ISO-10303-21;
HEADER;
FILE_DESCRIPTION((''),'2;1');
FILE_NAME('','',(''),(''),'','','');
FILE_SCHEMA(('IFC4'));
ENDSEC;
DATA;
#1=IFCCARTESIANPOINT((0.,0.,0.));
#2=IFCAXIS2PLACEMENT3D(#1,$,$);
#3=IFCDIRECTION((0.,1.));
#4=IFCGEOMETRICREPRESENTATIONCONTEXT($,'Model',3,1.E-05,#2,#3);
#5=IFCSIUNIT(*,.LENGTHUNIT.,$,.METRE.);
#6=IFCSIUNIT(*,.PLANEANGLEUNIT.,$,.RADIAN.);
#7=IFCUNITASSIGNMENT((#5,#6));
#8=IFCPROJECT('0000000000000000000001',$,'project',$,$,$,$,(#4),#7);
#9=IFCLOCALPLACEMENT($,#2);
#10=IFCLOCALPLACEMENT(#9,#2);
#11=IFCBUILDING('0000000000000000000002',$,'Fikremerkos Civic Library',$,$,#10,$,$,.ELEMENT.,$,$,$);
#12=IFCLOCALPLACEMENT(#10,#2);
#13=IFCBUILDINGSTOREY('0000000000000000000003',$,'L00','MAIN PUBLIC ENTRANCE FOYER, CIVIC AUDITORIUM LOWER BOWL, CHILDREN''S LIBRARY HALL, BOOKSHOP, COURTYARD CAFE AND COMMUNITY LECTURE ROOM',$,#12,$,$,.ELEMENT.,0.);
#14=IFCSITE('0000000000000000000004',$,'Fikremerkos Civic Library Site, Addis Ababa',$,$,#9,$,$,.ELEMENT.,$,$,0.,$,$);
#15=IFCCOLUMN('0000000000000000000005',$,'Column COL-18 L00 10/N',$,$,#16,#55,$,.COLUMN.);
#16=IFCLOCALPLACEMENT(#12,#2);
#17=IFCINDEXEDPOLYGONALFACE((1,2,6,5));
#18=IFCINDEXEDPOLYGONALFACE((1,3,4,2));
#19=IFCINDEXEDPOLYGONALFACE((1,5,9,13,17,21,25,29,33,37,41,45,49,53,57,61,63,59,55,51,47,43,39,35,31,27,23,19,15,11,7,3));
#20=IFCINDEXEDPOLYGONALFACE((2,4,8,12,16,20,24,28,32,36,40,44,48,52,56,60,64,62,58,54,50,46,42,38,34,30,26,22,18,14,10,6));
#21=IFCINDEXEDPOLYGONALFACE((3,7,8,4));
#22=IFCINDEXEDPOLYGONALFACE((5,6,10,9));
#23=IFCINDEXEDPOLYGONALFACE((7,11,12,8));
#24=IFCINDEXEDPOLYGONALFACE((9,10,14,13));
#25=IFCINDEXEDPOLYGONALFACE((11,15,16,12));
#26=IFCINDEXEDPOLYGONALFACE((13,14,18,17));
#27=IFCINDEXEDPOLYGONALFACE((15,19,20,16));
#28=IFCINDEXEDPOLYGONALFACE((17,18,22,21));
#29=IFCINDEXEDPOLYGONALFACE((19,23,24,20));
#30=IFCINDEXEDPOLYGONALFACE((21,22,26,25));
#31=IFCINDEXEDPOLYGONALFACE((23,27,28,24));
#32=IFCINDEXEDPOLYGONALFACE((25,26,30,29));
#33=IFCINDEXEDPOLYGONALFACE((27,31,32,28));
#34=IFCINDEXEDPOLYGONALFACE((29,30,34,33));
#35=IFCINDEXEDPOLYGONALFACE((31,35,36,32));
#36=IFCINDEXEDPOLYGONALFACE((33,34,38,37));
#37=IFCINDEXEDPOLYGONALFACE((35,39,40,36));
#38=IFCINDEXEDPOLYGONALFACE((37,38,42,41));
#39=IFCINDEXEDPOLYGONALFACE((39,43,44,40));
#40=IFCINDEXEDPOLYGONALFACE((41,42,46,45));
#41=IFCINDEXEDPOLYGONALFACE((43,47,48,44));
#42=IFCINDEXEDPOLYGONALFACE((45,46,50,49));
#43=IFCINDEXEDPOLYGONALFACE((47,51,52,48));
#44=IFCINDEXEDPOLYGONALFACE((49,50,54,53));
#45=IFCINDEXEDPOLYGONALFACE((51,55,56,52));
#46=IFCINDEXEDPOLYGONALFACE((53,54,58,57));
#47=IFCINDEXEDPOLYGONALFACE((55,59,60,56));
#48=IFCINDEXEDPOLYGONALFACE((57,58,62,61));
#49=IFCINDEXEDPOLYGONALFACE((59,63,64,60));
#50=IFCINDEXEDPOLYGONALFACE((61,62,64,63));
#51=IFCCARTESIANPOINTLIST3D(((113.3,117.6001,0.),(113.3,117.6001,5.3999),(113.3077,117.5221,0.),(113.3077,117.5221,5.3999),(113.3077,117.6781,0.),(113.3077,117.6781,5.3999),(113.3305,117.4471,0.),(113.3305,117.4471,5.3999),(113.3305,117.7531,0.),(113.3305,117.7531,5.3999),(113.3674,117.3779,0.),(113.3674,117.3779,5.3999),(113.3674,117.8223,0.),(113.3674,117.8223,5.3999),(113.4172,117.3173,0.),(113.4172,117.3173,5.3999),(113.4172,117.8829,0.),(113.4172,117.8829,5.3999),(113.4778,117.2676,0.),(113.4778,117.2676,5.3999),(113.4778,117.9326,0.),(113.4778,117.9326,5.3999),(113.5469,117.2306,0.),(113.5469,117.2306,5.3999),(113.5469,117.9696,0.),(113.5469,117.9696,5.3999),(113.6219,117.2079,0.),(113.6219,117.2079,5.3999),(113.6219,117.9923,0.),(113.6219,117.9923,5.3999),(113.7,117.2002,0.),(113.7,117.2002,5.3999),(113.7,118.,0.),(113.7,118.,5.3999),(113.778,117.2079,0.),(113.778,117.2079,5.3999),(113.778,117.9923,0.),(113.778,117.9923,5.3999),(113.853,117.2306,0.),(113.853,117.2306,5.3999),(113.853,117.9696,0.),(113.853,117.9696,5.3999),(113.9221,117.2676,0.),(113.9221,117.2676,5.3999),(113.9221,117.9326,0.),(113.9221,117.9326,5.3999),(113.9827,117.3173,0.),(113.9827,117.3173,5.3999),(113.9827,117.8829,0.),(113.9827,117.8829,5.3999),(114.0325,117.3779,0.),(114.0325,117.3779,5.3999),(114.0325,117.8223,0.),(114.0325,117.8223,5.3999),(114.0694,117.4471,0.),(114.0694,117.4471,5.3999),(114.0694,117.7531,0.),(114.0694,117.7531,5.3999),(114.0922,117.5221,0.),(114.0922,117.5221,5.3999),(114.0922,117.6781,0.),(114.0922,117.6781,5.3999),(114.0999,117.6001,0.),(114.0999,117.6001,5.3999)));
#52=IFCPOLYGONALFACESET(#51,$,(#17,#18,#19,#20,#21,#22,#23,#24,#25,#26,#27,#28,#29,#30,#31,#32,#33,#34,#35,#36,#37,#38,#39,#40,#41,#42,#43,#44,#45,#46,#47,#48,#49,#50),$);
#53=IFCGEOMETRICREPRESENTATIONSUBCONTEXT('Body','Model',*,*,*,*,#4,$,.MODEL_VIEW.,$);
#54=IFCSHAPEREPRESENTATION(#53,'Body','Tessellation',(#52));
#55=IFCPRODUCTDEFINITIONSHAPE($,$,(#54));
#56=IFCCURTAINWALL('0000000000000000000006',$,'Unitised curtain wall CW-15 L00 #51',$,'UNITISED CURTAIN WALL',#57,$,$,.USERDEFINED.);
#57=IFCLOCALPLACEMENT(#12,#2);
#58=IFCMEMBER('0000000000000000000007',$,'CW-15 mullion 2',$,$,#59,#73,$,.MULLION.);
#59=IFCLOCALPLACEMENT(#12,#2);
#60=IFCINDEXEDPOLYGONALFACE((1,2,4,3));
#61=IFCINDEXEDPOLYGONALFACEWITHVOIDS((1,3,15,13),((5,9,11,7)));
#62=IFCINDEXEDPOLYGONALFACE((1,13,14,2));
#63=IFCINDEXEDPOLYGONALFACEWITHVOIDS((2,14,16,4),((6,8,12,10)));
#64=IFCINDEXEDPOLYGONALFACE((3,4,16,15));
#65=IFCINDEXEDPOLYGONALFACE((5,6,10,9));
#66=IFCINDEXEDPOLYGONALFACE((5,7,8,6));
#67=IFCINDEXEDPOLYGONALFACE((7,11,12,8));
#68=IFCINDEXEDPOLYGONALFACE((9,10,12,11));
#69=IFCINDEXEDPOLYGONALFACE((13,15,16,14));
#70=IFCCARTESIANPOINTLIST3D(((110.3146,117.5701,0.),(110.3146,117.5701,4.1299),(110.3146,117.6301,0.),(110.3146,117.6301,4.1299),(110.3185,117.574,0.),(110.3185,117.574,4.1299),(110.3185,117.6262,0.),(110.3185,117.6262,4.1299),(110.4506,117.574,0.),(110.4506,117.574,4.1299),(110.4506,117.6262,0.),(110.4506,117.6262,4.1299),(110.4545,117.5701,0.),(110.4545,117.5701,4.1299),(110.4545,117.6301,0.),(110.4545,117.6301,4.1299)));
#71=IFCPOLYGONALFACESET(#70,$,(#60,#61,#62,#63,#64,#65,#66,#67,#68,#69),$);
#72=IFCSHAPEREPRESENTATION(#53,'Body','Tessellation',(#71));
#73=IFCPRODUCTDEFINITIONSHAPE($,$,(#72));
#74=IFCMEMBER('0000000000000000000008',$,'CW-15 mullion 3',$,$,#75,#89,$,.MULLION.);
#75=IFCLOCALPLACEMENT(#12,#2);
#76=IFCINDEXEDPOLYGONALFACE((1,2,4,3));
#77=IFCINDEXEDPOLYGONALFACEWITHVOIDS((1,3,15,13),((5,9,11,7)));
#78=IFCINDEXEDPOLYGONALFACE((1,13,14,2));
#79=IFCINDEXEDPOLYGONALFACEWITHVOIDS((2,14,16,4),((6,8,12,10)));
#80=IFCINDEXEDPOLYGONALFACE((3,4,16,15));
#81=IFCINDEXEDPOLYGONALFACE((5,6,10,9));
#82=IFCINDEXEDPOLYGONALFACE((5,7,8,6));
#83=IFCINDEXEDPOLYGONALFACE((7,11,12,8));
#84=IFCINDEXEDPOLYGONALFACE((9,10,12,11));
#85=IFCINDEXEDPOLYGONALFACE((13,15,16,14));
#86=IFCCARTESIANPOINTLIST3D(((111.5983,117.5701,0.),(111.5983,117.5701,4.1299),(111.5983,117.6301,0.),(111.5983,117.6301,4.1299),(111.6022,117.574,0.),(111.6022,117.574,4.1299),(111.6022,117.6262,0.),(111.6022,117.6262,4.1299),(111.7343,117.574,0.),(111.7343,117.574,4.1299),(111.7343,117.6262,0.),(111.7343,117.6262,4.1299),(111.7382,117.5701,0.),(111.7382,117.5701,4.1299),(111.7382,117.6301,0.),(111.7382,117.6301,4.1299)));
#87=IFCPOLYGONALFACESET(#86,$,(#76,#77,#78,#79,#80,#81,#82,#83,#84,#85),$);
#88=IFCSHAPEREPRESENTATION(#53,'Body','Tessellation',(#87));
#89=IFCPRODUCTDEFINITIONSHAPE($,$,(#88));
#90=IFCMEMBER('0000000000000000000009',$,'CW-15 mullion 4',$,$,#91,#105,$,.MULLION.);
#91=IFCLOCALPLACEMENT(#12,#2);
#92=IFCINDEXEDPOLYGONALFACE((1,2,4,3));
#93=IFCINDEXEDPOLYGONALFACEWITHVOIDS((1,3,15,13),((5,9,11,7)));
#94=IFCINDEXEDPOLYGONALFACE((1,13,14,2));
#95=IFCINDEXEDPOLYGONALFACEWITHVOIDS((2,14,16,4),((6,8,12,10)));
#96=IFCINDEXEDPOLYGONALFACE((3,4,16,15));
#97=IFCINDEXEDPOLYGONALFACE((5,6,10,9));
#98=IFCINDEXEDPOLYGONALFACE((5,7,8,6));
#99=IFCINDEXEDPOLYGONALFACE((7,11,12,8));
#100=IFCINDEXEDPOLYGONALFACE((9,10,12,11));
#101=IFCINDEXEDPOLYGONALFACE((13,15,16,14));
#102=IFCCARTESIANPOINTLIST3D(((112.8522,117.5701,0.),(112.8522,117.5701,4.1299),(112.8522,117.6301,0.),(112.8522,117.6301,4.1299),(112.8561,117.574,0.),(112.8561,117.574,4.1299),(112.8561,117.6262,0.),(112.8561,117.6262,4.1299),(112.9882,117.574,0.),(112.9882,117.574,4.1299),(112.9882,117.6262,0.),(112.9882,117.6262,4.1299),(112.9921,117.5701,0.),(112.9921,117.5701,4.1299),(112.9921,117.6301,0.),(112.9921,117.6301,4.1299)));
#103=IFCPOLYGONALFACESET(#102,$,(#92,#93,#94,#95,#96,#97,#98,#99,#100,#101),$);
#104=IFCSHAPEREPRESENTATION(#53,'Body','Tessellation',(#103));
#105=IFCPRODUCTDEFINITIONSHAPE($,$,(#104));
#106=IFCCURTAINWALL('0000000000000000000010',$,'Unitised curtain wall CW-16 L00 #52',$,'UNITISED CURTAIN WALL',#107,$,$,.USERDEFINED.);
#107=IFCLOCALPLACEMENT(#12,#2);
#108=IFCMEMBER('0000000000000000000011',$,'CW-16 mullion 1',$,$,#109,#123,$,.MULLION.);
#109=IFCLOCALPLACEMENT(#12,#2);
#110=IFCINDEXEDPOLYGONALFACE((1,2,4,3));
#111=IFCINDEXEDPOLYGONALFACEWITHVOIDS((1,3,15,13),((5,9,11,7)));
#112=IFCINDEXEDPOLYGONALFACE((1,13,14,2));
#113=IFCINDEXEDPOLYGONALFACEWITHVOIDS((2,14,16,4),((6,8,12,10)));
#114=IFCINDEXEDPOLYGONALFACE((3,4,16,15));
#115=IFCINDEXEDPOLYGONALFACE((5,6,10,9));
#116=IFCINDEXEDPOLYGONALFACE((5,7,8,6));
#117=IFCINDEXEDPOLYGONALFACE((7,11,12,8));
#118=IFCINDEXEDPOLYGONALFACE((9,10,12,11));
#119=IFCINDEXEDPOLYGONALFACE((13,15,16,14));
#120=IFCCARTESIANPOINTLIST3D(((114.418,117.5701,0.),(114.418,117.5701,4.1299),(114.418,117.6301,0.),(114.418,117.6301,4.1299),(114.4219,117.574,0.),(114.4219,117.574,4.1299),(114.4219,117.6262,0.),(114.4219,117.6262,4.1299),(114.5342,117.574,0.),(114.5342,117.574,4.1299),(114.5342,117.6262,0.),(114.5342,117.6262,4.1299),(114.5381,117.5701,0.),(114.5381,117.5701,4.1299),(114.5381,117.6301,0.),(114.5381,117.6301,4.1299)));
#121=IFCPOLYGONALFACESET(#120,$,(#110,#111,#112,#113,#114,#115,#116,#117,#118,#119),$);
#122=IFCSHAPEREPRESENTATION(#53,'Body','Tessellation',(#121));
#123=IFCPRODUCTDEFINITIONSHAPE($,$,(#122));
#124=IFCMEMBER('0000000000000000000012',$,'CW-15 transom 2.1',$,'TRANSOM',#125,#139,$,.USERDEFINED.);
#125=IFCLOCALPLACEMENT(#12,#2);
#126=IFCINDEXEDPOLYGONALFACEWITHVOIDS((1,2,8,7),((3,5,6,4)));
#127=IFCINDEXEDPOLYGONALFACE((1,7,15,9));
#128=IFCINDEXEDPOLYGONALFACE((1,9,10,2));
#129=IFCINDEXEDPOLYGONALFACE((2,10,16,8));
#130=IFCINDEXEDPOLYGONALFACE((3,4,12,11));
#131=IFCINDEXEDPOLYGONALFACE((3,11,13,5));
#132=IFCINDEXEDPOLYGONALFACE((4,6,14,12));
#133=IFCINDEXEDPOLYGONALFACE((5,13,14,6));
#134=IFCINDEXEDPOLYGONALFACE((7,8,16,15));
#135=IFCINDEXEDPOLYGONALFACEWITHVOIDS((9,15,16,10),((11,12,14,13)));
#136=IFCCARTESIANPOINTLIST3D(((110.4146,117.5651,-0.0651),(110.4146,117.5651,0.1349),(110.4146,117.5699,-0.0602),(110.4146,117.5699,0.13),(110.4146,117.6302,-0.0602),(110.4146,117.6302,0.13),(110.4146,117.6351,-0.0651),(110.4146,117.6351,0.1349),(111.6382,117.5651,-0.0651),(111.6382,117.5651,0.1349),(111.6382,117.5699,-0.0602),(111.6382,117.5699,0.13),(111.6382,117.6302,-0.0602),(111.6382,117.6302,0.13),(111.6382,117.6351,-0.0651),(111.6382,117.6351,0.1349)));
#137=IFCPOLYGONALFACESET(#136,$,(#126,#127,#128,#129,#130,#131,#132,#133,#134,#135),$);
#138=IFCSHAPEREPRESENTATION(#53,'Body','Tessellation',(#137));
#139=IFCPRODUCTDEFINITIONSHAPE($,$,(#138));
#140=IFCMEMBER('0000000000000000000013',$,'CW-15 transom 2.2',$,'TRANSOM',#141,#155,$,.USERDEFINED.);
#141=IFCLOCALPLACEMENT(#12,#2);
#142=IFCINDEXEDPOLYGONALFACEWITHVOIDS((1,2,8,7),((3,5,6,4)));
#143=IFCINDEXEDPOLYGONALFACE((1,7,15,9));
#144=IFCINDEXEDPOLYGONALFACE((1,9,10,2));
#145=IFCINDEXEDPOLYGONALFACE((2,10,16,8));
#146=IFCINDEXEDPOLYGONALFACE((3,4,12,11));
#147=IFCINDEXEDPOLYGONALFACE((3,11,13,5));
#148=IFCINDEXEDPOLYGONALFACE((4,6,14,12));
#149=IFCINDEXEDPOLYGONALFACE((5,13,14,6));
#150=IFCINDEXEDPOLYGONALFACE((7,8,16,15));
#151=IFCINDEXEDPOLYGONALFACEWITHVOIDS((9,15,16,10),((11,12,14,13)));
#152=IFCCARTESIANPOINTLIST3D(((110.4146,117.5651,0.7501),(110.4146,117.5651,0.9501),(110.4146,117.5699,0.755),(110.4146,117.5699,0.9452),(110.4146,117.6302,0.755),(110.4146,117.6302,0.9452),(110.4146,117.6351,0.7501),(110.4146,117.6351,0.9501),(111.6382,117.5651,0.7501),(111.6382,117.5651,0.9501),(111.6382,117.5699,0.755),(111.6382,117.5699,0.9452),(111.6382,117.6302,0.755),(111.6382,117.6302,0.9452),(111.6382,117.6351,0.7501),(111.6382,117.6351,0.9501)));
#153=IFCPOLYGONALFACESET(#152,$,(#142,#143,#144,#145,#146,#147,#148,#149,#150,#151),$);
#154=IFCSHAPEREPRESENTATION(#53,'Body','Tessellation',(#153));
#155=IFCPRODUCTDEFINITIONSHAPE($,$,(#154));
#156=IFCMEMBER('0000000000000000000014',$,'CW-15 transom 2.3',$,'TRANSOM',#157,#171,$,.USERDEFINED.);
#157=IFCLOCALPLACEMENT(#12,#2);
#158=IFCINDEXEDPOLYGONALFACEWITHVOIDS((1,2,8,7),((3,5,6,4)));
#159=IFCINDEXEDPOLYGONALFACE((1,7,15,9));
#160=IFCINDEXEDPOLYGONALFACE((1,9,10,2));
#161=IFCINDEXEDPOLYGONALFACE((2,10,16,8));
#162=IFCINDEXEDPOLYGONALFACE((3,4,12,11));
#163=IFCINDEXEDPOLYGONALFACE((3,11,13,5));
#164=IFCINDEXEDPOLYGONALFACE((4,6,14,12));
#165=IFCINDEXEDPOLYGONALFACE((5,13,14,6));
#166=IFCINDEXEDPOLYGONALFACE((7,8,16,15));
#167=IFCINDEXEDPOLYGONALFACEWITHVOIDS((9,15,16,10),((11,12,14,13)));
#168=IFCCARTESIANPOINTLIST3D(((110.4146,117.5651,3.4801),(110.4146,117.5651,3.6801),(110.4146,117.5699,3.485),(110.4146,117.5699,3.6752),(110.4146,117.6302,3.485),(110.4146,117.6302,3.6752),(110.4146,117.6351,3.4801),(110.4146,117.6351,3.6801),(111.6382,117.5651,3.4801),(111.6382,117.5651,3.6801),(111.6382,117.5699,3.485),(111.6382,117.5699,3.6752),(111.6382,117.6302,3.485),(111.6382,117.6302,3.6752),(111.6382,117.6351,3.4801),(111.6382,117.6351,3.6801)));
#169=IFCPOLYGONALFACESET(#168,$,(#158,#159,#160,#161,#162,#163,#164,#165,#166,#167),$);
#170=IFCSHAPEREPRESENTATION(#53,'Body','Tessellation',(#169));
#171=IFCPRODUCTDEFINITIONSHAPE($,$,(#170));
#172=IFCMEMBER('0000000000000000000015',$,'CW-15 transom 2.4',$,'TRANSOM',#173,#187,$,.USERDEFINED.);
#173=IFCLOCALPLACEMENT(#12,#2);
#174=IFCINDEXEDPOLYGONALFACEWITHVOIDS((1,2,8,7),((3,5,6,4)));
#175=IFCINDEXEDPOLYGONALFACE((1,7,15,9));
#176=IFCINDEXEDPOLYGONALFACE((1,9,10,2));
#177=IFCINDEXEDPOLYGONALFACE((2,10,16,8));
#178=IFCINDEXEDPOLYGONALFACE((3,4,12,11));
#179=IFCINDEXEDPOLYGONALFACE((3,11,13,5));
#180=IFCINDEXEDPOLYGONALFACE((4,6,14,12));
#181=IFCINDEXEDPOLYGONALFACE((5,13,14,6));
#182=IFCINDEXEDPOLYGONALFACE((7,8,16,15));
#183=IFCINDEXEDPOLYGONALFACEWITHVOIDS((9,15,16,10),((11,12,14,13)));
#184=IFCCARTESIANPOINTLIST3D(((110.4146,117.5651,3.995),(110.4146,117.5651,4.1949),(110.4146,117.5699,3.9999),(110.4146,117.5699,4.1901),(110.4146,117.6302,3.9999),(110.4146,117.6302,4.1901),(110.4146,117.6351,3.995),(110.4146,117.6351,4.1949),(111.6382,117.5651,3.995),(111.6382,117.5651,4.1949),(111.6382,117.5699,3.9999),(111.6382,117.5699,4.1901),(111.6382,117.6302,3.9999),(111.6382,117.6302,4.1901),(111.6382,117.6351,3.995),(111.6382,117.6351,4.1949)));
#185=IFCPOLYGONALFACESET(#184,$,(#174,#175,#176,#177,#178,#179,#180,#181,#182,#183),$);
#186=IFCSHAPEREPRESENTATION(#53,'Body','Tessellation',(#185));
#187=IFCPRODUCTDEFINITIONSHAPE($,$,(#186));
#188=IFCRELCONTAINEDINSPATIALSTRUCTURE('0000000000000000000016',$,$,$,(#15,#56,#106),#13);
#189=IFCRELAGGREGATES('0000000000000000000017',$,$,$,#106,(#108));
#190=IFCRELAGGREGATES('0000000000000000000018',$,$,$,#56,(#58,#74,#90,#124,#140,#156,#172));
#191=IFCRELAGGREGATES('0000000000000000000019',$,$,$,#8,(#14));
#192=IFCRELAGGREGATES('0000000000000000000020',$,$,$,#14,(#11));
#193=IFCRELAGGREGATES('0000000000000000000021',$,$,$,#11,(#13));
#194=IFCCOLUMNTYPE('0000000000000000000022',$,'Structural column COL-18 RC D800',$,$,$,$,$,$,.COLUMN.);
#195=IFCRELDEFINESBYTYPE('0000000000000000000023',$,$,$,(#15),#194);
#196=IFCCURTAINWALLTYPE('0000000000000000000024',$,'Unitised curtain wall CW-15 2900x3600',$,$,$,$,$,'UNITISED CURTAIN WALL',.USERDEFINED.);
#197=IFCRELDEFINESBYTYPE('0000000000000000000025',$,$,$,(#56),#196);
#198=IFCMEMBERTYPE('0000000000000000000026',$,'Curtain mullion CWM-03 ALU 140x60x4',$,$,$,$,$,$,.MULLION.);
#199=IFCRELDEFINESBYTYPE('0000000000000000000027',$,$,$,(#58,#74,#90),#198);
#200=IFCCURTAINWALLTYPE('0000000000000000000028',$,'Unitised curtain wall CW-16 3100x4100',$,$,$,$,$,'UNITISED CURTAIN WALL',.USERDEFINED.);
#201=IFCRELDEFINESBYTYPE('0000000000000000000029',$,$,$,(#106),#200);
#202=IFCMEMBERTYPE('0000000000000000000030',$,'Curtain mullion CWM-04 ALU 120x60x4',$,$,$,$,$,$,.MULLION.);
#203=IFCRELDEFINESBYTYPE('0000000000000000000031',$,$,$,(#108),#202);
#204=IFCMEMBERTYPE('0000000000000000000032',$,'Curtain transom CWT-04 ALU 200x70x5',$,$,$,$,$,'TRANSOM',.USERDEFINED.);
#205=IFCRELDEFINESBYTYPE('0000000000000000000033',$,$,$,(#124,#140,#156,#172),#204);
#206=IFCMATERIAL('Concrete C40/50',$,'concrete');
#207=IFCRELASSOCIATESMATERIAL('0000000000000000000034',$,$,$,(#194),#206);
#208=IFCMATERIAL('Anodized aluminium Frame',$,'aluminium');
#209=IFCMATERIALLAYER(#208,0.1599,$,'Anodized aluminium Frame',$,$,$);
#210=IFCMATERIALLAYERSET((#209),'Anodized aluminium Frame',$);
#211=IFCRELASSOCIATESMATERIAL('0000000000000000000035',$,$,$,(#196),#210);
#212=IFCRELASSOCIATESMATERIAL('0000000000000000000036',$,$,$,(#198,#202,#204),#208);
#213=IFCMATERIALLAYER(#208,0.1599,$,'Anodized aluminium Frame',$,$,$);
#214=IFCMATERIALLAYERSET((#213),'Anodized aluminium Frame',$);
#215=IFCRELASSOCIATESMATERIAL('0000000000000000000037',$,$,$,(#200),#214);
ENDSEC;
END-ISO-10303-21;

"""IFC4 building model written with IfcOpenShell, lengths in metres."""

from ifc_helpers import new_model, si_unit, direction, frame, origin, origin_2d, place, context, subcontext, project, spatial, hollow_rectangle, circle, extrude, material, layer, layer_set, material_profile, profile_set, type_object, element, aggregate, save


model = new_model("IFC4")

# Units and contexts
model_context = context("Model", 3, precision=1e-05, world=origin(), true_north=direction((0.0, 1.0)))
body_context = subcontext(model_context, "Body", "Model", "MODEL_VIEW")
ifc_project = project(units=[si_unit("LENGTHUNIT", "METRE"), si_unit("PLANEANGLEUNIT", "RADIAN")], contexts=[model_context])

# Site, building, storey
site_placement = place(None, origin())
site = spatial("IfcSite", under=ifc_project, at=site_placement, Name="Fikremerkos Civic Library Site, Addis Ababa", CompositionType="ELEMENT", RefElevation=0.0)
building_placement = place(site_placement, origin())
building = spatial("IfcBuilding", under=site, at=building_placement, Name="Fikremerkos Civic Library", CompositionType="ELEMENT")
storey_placement = place(building_placement, origin())
storey = spatial("IfcBuildingStorey", under=building, at=storey_placement, Name="L00", Description="MAIN PUBLIC ENTRANCE FOYER, CIVIC AUDITORIUM LOWER BOWL, CHILDREN'S LIBRARY HALL, BOOKSHOP, COURTYARD CAFE AND COMMUNITY LECTURE ROOM", CompositionType="ELEMENT", Elevation=0.0)

# Column
ifc_material_1 = material(Name="Concrete C40/50", Category="concrete")
ifc_material_profile_1 = material_profile(ifc_material_1, circle(Radius=0.3999, at=origin_2d()), Name="RC D800")
ifc_profile_set_1 = profile_set([ifc_material_profile_1], Name="Concrete C40/50")
column_type = type_object("IfcColumnType", Name="Structural column COL-18 RC D800", PredefinedType="COLUMN", material=ifc_profile_set_1)
column_placement = place(storey_placement, frame((113.7, 117.6001, 0.0), z_axis=(0.0, 0.0, 1.0), x_axis=(1.0, 0.0, 0.0)))
element("IfcColumn", 1, at=column_placement, inside=storey, type_object=column_type, Name="Column COL-18 L00 10/N", PredefinedType="COLUMN", context=body_context, shape_type="SweptSolid", body=[
    extrude(circle(Radius=0.3999, at=origin_2d()), origin(), (0.0, 0.0, 1.0), 5.3999),
])

# Curtain wall, members
ifc_material_2 = material(Name="Anodized aluminium Frame", Category="aluminium")
ifc_layer_1 = layer(ifc_material_2, 0.1599, Name="Anodized aluminium Frame")
ifc_layer_set_1 = layer_set([ifc_layer_1], Name="Anodized aluminium Frame")
curtain_wall_type_1 = type_object("IfcCurtainWallType", Name="Unitised curtain wall CW-15 2900x3600", ElementType="UNITISED CURTAIN WALL", PredefinedType="USERDEFINED", material=ifc_layer_set_1)
curtain_wall_1_placement = place(storey_placement, origin())
curtain_wall_1 = element("IfcCurtainWall", 2, at=curtain_wall_1_placement, inside=storey, type_object=curtain_wall_type_1, Name="Unitised curtain wall CW-15 L00 #51", ObjectType="UNITISED CURTAIN WALL", PredefinedType="USERDEFINED")
ifc_material_profile_2 = material_profile(ifc_material_2, hollow_rectangle(XDim=0.0601, YDim=0.1399, WallThickness=0.0039, at=origin_2d()), Name="ALU 140x60x4")
ifc_profile_set_2 = profile_set([ifc_material_profile_2], Name="Anodized aluminium Frame")
member_type_1 = type_object("IfcMemberType", Name="Curtain mullion CWM-03 ALU 140x60x4", PredefinedType="MULLION", material=ifc_profile_set_2)
member_1_placement = place(storey_placement, frame((110.3845, 117.6001, 0.0), z_axis=(0.0, 0.0, 1.0), x_axis=(0.0, 1.0, 0.0)))
member_1 = element("IfcMember", 3, at=member_1_placement, type_object=member_type_1, Name="CW-15 mullion 2", PredefinedType="MULLION", context=body_context, shape_type="SweptSolid", body=[
    extrude(hollow_rectangle(XDim=0.0601, YDim=0.1399, WallThickness=0.0039, at=origin_2d()), origin(), (0.0, 0.0, 1.0), 4.1299),
])
member_2_placement = place(storey_placement, frame((111.6682, 117.6001, 0.0), z_axis=(0.0, 0.0, 1.0), x_axis=(0.0, 1.0, 0.0)))
member_2 = element("IfcMember", 4, at=member_2_placement, type_object=member_type_1, Name="CW-15 mullion 3", PredefinedType="MULLION", context=body_context, shape_type="SweptSolid", body=[
    extrude(hollow_rectangle(XDim=0.0601, YDim=0.1399, WallThickness=0.0039, at=origin_2d()), origin(), (0.0, 0.0, 1.0), 4.1299),
])
member_3_placement = place(storey_placement, frame((112.9221, 117.6001, 0.0), z_axis=(0.0, 0.0, 1.0), x_axis=(0.0, 1.0, 0.0)))
member_3 = element("IfcMember", 5, at=member_3_placement, type_object=member_type_1, Name="CW-15 mullion 4", PredefinedType="MULLION", context=body_context, shape_type="SweptSolid", body=[
    extrude(hollow_rectangle(XDim=0.0601, YDim=0.1399, WallThickness=0.0039, at=origin_2d()), origin(), (0.0, 0.0, 1.0), 4.1299),
])

# Curtain wall, member
ifc_layer_2 = layer(ifc_material_2, 0.1599, Name="Anodized aluminium Frame")
ifc_layer_set_2 = layer_set([ifc_layer_2], Name="Anodized aluminium Frame")
curtain_wall_type_2 = type_object("IfcCurtainWallType", Name="Unitised curtain wall CW-16 3100x4100", ElementType="UNITISED CURTAIN WALL", PredefinedType="USERDEFINED", material=ifc_layer_set_2)
curtain_wall_2_placement = place(storey_placement, origin())
curtain_wall_2 = element("IfcCurtainWall", 6, at=curtain_wall_2_placement, inside=storey, type_object=curtain_wall_type_2, Name="Unitised curtain wall CW-16 L00 #52", ObjectType="UNITISED CURTAIN WALL", PredefinedType="USERDEFINED")
ifc_material_profile_3 = material_profile(ifc_material_2, hollow_rectangle(XDim=0.0601, YDim=0.1201, WallThickness=0.0039, at=origin_2d()), Name="ALU 120x60x4")
ifc_profile_set_3 = profile_set([ifc_material_profile_3], Name="Anodized aluminium Frame")
member_type_2 = type_object("IfcMemberType", Name="Curtain mullion CWM-04 ALU 120x60x4", PredefinedType="MULLION", material=ifc_profile_set_3)
member_4_placement = place(storey_placement, frame((114.478, 117.6001, 0.0), z_axis=(0.0, 0.0, 1.0), x_axis=(0.0, 1.0, 0.0)))
member_4 = element("IfcMember", 7, at=member_4_placement, type_object=member_type_2, Name="CW-16 mullion 1", PredefinedType="MULLION", context=body_context, shape_type="SweptSolid", body=[
    extrude(hollow_rectangle(XDim=0.0601, YDim=0.1201, WallThickness=0.0039, at=origin_2d()), origin(), (0.0, 0.0, 1.0), 4.1299),
])

# Members
ifc_material_profile_4 = material_profile(ifc_material_2, hollow_rectangle(XDim=0.0701, YDim=0.2, WallThickness=0.0049, at=origin_2d()), Name="ALU 200x70x5")
ifc_profile_set_4 = profile_set([ifc_material_profile_4], Name="Anodized aluminium Frame")
member_type_3 = type_object("IfcMemberType", Name="Curtain transom CWT-04 ALU 200x70x5", ElementType="TRANSOM", PredefinedType="USERDEFINED", material=ifc_profile_set_4)
member_5_placement = place(storey_placement, frame((110.4146, 117.6001, 0.0349), z_axis=(1.0, 0.0, 0.0), x_axis=(0.0, 1.0, 0.0)))
member_5 = element("IfcMember", 8, at=member_5_placement, type_object=member_type_3, Name="CW-15 transom 2.1", ObjectType="TRANSOM", PredefinedType="USERDEFINED", context=body_context, shape_type="SweptSolid", body=[
    extrude(hollow_rectangle(XDim=0.0701, YDim=0.2, WallThickness=0.0049, at=origin_2d()), origin(), (0.0, 0.0, 1.0), 1.2236),
])
member_6_placement = place(storey_placement, frame((110.4146, 117.6001, 0.8501), z_axis=(1.0, 0.0, 0.0), x_axis=(0.0, 1.0, 0.0)))
member_6 = element("IfcMember", 9, at=member_6_placement, type_object=member_type_3, Name="CW-15 transom 2.2", ObjectType="TRANSOM", PredefinedType="USERDEFINED", context=body_context, shape_type="SweptSolid", body=[
    extrude(hollow_rectangle(XDim=0.0701, YDim=0.2, WallThickness=0.0049, at=origin_2d()), origin(), (0.0, 0.0, 1.0), 1.2236),
])
member_7_placement = place(storey_placement, frame((110.4146, 117.6001, 3.5801), z_axis=(1.0, 0.0, 0.0), x_axis=(0.0, 1.0, 0.0)))
member_7 = element("IfcMember", 10, at=member_7_placement, type_object=member_type_3, Name="CW-15 transom 2.3", ObjectType="TRANSOM", PredefinedType="USERDEFINED", context=body_context, shape_type="SweptSolid", body=[
    extrude(hollow_rectangle(XDim=0.0701, YDim=0.2, WallThickness=0.0049, at=origin_2d()), origin(), (0.0, 0.0, 1.0), 1.2236),
])
member_8_placement = place(storey_placement, frame((110.4146, 117.6001, 4.095), z_axis=(1.0, 0.0, 0.0), x_axis=(0.0, 1.0, 0.0)))
member_8 = element("IfcMember", 11, at=member_8_placement, type_object=member_type_3, Name="CW-15 transom 2.4", ObjectType="TRANSOM", PredefinedType="USERDEFINED", context=body_context, shape_type="SweptSolid", body=[
    extrude(hollow_rectangle(XDim=0.0701, YDim=0.2, WallThickness=0.0049, at=origin_2d()), origin(), (0.0, 0.0, 1.0), 1.2236),
])
aggregate(curtain_wall_2, [member_4])

aggregate(curtain_wall_1, [member_1, member_2, member_3, member_5, member_6, member_7, member_8])

save(model, "model.ifc")
